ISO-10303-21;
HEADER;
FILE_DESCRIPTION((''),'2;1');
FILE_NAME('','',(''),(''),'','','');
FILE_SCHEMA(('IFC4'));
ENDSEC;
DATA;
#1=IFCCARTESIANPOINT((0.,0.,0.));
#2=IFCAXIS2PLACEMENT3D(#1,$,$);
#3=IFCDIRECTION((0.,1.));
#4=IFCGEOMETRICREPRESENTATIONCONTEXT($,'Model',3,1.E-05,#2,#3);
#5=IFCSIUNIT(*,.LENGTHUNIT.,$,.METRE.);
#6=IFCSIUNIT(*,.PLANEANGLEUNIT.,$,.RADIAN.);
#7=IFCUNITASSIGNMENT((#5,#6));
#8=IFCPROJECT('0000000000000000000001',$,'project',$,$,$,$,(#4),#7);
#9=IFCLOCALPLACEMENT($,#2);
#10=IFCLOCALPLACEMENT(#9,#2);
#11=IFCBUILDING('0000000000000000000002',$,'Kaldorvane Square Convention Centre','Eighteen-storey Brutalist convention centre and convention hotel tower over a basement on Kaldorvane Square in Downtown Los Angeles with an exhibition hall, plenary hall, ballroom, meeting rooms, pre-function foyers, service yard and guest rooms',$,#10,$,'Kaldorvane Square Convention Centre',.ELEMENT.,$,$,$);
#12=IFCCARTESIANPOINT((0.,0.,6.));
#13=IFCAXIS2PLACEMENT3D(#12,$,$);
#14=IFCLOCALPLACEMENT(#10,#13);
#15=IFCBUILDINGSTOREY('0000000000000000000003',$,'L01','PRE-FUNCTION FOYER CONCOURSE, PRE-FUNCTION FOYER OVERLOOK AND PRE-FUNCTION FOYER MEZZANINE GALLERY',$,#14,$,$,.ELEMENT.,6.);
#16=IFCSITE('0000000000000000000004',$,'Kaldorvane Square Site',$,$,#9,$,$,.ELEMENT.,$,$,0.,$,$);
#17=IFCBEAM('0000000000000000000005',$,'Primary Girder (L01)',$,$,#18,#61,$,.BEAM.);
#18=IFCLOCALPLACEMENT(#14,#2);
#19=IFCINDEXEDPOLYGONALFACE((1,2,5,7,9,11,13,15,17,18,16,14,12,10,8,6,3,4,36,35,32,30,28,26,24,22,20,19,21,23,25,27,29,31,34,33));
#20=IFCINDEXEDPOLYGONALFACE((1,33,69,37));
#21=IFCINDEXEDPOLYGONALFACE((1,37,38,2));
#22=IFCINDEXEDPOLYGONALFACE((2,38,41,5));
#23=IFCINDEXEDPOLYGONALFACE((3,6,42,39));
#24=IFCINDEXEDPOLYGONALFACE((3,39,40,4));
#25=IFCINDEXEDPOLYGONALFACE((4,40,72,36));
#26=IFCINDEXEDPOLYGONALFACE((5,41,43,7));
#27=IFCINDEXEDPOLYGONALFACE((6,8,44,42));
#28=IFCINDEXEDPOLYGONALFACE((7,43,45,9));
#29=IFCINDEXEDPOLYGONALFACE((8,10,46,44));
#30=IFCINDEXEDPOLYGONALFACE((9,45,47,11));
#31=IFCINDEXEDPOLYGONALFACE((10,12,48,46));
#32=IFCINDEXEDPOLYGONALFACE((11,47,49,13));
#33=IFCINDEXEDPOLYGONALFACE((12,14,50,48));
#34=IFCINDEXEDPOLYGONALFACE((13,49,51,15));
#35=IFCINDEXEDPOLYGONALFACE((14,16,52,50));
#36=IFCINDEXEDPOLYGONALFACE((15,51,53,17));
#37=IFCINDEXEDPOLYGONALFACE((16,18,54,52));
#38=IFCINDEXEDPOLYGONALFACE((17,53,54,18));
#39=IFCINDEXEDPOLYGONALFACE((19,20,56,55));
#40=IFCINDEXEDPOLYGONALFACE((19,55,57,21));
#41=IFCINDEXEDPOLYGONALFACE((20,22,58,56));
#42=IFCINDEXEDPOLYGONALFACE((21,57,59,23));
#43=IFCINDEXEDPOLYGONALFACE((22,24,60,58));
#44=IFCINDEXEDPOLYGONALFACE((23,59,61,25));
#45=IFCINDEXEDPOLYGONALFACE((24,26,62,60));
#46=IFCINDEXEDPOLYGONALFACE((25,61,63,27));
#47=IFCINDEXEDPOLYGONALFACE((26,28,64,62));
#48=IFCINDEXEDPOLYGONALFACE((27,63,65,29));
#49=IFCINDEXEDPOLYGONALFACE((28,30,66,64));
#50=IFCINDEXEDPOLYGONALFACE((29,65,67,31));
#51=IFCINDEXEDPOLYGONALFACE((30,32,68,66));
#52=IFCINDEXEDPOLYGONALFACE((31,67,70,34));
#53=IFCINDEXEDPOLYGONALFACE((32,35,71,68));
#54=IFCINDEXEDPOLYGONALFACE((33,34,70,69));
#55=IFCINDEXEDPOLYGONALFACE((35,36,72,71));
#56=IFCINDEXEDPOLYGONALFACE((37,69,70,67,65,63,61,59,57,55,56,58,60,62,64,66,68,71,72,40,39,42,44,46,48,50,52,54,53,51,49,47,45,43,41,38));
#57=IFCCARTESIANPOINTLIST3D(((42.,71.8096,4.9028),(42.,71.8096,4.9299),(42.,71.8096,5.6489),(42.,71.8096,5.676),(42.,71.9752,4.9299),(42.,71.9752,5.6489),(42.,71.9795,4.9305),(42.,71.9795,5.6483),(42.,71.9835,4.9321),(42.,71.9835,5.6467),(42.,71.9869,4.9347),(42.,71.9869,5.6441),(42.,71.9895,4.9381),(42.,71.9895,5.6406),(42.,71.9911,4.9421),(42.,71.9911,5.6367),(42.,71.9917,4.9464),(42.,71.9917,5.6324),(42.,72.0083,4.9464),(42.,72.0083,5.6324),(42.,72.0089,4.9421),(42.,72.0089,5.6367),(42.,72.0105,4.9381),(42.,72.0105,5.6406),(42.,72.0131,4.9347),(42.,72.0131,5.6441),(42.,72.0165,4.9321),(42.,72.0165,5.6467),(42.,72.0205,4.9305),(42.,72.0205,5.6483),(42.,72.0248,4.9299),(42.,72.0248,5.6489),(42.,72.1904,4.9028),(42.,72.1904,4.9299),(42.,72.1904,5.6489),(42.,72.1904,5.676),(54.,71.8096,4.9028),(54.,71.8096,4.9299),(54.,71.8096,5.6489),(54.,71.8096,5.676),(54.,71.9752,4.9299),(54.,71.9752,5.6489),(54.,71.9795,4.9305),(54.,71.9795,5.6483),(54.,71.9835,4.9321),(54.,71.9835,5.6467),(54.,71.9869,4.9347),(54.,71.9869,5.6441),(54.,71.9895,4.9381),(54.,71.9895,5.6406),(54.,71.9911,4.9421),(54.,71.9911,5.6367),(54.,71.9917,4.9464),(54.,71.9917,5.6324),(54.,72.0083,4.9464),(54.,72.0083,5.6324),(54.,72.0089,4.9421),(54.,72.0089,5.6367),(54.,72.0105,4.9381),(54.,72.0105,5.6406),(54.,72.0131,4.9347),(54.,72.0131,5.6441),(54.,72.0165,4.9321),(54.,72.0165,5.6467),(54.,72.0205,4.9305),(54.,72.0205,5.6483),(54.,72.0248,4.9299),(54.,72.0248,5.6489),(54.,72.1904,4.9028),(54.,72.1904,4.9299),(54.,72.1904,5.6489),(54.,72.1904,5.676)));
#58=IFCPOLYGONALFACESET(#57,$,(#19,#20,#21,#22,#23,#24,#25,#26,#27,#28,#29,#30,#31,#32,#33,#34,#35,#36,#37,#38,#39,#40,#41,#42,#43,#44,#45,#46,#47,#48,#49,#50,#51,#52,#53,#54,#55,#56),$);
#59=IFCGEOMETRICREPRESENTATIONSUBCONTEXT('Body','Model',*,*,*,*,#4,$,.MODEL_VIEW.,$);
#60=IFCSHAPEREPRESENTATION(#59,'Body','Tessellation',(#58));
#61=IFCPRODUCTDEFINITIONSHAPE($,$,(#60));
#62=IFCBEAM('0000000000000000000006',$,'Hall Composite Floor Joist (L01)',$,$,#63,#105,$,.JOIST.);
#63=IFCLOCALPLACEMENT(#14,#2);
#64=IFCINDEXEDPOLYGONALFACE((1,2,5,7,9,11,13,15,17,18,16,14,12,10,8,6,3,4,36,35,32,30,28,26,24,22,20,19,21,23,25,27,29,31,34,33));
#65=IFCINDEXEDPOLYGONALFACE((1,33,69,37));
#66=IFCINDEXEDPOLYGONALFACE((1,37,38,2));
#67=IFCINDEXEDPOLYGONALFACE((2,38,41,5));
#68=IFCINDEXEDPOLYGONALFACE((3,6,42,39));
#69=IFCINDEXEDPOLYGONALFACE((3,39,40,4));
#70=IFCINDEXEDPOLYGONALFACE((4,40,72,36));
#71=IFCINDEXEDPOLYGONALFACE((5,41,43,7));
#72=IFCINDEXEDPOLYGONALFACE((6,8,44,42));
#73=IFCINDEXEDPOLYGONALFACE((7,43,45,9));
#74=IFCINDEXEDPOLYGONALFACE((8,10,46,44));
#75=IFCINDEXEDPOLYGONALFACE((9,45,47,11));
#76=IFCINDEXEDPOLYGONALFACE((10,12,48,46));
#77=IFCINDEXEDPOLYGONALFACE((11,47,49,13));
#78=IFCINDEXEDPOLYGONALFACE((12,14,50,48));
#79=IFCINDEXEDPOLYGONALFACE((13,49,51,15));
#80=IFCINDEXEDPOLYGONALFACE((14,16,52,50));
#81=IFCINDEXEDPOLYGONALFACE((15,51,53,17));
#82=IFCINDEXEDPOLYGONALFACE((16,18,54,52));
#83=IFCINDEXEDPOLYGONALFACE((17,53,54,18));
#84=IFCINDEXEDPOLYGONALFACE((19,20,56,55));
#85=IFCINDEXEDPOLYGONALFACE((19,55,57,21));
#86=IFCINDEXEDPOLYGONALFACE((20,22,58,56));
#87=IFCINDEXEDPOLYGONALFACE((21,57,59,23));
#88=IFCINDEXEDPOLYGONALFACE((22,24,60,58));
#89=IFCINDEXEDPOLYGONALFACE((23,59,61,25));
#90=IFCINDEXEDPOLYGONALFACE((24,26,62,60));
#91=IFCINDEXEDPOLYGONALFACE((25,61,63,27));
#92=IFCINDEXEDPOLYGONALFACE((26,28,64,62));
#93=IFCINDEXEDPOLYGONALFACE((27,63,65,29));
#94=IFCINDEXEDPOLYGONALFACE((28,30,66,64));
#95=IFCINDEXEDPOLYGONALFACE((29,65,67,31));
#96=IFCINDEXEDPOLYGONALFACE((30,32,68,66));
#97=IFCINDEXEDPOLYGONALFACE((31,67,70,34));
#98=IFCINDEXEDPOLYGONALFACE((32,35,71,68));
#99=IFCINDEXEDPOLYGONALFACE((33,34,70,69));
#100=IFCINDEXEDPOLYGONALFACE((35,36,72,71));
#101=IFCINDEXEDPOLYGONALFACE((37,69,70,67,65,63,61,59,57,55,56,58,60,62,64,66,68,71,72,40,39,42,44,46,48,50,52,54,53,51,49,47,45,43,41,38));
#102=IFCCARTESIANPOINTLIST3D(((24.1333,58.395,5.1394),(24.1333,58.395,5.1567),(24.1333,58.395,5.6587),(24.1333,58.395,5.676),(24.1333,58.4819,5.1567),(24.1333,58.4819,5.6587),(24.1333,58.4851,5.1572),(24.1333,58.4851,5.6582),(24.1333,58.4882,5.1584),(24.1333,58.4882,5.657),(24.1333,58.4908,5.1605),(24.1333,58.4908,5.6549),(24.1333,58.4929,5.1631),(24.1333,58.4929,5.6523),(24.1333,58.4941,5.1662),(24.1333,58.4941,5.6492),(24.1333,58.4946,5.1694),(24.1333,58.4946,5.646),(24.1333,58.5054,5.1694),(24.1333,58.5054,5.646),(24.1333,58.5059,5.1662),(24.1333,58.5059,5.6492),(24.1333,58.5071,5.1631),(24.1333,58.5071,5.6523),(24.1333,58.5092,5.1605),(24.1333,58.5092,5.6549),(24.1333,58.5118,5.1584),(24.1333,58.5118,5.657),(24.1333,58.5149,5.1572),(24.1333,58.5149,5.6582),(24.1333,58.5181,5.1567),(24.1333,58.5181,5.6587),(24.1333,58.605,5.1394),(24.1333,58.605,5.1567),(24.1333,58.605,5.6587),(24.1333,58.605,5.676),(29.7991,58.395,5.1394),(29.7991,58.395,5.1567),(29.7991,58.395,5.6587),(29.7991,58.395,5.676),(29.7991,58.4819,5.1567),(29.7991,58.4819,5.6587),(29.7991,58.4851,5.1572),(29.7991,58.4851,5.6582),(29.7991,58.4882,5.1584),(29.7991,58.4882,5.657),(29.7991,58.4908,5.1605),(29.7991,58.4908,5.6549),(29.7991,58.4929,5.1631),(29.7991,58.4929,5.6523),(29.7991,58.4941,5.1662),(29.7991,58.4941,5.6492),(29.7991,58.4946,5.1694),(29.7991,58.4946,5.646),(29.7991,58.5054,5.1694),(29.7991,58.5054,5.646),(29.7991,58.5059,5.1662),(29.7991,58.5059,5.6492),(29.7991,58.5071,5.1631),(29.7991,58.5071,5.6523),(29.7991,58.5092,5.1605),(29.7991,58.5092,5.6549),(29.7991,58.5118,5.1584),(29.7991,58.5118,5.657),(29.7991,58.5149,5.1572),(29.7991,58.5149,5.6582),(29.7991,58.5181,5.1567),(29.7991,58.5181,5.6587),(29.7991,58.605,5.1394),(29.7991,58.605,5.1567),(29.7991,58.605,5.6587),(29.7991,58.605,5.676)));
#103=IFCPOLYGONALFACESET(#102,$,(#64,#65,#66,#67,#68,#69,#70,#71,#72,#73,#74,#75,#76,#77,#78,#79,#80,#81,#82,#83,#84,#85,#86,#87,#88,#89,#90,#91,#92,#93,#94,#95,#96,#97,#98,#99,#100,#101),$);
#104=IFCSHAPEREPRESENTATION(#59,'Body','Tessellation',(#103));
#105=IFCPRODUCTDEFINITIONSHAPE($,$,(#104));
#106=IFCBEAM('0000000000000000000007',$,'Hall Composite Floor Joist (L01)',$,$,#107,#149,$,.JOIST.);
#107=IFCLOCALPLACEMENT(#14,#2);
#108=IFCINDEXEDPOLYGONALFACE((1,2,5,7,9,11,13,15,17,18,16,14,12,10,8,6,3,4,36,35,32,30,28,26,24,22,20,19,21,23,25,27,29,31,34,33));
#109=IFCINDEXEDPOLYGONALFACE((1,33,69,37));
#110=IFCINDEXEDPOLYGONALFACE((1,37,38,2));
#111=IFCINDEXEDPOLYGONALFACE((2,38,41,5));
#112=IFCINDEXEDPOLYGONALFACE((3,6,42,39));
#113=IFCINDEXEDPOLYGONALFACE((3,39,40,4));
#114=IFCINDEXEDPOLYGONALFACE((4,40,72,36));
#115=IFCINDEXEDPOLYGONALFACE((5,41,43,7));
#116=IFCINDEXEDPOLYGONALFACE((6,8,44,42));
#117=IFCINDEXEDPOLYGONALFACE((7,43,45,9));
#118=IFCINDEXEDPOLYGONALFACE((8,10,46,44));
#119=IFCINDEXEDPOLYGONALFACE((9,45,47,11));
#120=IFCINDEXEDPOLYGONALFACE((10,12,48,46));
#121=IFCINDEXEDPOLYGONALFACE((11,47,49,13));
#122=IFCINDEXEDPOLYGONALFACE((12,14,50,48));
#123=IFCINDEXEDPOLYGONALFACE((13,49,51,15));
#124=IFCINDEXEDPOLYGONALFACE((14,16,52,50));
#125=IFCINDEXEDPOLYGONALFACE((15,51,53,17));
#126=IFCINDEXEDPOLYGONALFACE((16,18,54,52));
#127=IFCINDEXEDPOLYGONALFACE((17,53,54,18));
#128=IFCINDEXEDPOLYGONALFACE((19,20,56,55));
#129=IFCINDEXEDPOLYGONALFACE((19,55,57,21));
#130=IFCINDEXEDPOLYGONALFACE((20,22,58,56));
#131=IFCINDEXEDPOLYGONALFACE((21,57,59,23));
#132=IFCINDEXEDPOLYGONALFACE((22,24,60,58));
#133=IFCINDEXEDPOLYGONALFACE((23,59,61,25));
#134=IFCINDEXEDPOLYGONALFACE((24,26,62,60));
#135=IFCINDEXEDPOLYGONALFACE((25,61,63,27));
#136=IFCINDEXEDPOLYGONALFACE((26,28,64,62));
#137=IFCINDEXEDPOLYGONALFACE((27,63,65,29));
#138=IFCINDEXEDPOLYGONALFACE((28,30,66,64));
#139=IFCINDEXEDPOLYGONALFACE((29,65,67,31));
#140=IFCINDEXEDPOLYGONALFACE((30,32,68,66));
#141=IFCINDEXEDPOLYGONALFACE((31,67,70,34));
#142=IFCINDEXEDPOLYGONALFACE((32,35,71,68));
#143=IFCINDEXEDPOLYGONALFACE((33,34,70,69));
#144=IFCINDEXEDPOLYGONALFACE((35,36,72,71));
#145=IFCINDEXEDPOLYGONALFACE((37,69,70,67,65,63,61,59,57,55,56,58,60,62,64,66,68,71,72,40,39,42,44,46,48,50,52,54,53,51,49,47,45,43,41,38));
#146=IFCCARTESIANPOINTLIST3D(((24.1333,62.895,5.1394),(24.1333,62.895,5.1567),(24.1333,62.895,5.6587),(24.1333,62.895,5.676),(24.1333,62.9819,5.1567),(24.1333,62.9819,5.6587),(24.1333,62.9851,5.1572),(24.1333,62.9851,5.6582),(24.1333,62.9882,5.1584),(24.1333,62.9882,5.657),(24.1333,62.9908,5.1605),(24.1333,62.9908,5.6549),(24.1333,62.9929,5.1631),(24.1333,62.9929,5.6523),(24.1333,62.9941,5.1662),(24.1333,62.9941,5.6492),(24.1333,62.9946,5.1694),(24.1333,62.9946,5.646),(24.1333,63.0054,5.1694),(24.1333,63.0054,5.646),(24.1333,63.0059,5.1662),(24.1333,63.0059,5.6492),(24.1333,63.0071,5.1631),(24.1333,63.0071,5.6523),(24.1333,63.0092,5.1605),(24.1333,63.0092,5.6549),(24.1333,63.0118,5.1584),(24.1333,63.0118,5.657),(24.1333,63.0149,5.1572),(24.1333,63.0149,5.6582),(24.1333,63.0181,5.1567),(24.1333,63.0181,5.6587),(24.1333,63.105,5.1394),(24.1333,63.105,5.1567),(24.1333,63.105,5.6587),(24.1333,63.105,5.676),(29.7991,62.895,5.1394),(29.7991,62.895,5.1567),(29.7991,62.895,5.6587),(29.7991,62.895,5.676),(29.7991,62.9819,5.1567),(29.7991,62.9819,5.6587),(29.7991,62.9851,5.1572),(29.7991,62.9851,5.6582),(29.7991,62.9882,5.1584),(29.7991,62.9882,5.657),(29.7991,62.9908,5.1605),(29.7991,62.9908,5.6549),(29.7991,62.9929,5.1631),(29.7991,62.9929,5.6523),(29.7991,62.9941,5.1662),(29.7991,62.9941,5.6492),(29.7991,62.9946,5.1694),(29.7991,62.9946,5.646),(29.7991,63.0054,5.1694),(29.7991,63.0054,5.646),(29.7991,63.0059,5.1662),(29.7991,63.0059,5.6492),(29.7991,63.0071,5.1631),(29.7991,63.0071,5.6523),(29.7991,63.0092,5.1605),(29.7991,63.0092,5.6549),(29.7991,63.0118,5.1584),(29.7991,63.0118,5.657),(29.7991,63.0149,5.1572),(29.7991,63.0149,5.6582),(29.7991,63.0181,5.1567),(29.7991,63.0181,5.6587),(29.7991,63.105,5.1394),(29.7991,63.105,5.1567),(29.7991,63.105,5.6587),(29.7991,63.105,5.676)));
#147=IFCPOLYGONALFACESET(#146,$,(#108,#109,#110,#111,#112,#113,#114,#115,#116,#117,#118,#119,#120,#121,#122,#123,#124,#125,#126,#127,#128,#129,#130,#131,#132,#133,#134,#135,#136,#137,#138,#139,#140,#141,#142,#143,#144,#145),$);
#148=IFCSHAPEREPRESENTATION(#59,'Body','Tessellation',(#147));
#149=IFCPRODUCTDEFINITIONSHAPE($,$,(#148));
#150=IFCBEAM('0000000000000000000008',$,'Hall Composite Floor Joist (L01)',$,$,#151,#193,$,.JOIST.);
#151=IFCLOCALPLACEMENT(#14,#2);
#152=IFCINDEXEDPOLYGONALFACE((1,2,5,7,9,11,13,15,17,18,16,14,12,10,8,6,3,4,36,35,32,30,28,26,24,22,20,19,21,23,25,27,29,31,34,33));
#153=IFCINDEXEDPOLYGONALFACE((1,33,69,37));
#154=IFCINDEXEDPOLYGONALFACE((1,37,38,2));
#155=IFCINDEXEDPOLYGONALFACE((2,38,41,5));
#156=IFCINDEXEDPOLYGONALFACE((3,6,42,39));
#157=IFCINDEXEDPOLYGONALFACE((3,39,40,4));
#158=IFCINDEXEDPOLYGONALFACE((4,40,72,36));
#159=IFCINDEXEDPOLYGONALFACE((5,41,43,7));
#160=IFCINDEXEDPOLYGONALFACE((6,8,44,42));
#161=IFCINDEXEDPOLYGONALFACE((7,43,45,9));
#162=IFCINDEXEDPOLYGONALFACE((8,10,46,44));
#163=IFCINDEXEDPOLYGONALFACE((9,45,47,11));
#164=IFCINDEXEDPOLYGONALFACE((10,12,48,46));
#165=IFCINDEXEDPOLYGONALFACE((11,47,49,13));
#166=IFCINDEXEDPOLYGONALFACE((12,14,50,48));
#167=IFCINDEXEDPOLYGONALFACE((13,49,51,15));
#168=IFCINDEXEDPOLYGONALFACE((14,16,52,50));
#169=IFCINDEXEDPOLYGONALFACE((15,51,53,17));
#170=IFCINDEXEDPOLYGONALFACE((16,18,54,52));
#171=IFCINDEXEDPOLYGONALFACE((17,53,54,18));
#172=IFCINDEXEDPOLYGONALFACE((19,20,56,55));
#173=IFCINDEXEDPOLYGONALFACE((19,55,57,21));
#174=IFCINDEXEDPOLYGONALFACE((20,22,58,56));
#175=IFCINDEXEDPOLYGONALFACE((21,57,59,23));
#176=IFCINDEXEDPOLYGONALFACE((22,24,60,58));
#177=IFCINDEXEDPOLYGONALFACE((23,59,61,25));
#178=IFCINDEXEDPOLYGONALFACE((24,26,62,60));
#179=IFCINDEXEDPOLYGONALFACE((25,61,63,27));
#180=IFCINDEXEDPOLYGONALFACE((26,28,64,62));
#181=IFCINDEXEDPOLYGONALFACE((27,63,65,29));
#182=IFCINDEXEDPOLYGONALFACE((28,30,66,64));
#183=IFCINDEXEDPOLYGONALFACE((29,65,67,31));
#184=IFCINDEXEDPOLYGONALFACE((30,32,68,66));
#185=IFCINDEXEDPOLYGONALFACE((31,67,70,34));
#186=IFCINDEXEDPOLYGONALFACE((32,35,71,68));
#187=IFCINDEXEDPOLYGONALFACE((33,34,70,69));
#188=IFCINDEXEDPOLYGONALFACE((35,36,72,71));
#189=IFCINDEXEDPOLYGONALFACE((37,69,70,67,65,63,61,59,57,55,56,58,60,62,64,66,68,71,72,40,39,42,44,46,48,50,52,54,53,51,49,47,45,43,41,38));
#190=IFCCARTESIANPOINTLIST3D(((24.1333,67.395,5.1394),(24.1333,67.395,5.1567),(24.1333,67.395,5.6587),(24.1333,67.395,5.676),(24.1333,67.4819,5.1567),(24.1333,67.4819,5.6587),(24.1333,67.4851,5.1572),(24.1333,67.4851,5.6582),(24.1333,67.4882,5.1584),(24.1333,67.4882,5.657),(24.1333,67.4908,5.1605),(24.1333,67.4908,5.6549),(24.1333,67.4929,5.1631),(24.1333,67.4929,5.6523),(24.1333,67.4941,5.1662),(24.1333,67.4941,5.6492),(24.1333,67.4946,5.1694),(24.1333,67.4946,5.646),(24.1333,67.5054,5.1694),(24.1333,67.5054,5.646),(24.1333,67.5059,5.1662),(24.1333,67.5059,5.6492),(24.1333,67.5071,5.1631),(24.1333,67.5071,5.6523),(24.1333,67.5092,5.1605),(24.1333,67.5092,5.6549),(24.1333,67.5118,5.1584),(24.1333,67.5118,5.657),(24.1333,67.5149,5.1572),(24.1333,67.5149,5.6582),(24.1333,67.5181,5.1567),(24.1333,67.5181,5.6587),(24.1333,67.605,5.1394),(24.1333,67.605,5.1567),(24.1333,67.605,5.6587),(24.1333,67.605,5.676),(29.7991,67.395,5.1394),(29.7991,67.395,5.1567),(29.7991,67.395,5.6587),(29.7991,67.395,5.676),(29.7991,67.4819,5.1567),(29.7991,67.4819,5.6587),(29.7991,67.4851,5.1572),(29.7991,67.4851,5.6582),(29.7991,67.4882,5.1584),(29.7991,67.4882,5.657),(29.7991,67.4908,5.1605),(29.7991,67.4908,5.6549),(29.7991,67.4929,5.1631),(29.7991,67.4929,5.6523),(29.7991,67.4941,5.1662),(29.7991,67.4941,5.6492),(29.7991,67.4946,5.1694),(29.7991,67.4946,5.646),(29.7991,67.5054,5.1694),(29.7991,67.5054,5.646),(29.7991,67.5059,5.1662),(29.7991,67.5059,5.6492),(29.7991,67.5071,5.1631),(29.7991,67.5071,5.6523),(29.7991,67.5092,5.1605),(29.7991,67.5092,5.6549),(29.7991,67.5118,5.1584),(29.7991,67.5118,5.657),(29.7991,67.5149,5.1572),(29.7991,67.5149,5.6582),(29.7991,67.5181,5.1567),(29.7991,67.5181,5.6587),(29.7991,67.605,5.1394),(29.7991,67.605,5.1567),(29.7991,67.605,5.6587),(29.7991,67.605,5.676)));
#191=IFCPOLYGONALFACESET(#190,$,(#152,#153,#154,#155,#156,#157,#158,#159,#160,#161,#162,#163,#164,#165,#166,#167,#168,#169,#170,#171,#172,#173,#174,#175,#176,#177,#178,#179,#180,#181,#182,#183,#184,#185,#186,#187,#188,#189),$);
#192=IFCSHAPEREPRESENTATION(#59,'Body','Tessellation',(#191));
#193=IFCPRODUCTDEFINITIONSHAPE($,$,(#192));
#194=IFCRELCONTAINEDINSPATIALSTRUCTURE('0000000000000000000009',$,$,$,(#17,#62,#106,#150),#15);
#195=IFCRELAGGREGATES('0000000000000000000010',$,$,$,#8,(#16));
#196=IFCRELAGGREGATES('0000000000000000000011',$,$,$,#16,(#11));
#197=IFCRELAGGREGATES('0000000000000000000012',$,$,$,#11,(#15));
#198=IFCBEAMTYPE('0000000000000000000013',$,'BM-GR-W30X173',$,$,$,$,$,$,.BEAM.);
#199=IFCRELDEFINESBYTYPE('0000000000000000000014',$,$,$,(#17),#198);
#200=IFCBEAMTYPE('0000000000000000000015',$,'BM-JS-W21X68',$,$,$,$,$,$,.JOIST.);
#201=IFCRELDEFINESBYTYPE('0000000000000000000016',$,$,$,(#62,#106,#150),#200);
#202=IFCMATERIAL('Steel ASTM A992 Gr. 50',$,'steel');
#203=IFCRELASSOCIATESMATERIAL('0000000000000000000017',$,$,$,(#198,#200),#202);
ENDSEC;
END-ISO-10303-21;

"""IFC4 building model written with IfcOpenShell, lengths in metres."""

from ifc_helpers import new_model, si_unit, direction, frame, origin, origin_2d, place, context, subcontext, project, spatial, i_section, extrude, material, material_profile, profile_set, type_object, element, save


model = new_model("IFC4")

# Units and contexts
model_context = context("Model", 3, precision=1e-05, world=origin(), true_north=direction((0.0, 1.0)))
body_context = subcontext(model_context, "Body", "Model", "MODEL_VIEW")
ifc_project = project(units=[si_unit("LENGTHUNIT", "METRE"), si_unit("PLANEANGLEUNIT", "RADIAN")], contexts=[model_context])

# Site, building, storey
site_placement = place(None, origin())
site = spatial("IfcSite", under=ifc_project, at=site_placement, Name="Kaldorvane Square Site", CompositionType="ELEMENT", RefElevation=0.0)
building_placement = place(site_placement, origin())
building = spatial("IfcBuilding", under=site, at=building_placement, Name="Kaldorvane Square Convention Centre", Description="Eighteen-storey Brutalist convention centre and convention hotel tower over a basement on Kaldorvane Square in Downtown Los Angeles with an exhibition hall, plenary hall, ballroom, meeting rooms, pre-function foyers, service yard and guest rooms", LongName="Kaldorvane Square Convention Centre", CompositionType="ELEMENT")
storey_placement = place(building_placement, frame((0.0, 0.0, 6.0)))
storey = spatial("IfcBuildingStorey", under=building, at=storey_placement, Name="L01", Description="PRE-FUNCTION FOYER CONCOURSE, PRE-FUNCTION FOYER OVERLOOK AND PRE-FUNCTION FOYER MEZZANINE GALLERY", CompositionType="ELEMENT", Elevation=6.0)

# Beams
ifc_material_1 = material(Name="Steel ASTM A992 Gr. 50", Category="steel")
ifc_material_profile_1 = material_profile(ifc_material_1, i_section(OverallWidth=0.3807, OverallDepth=0.7732, WebThickness=0.0166, FlangeThickness=0.0271, FilletRadius=0.0165, at=origin_2d()), Name="W30X173")
ifc_profile_set_1 = profile_set([ifc_material_profile_1], Name="Steel ASTM A992 Gr. 50")
beam_type_1 = type_object("IfcBeamType", Name="BM-GR-W30X173", PredefinedType="BEAM", material=ifc_profile_set_1)
for number, where, z_axis, x_axis, name in (
    (1, (42.0, 72.0, 5.2894), (1.0, 0.0, 0.0), (0.0, 1.0, 0.0), "Primary Girder (L01)"),
):
    element("IfcBeam", number, at=place(storey_placement, frame(where, z_axis=z_axis, x_axis=x_axis)), inside=storey, type_object=beam_type_1, Name=name, PredefinedType="BEAM", context=body_context, shape_type="SweptSolid", body=[
        extrude(i_section(OverallWidth=0.3807, OverallDepth=0.7732, WebThickness=0.0166, FlangeThickness=0.0271, FilletRadius=0.0165, at=origin_2d()), origin(), (0.0, 0.0, 1.0), 12.0),
    ])
ifc_material_profile_2 = material_profile(ifc_material_1, i_section(OverallWidth=0.2101, OverallDepth=0.5367, WebThickness=0.0109, FlangeThickness=0.0174, FilletRadius=0.0127, at=origin_2d()), Name="W21X68")
ifc_profile_set_2 = profile_set([ifc_material_profile_2], Name="Steel ASTM A992 Gr. 50")
beam_type_2 = type_object("IfcBeamType", Name="BM-JS-W21X68", PredefinedType="JOIST", material=ifc_profile_set_2)
for number, where, z_axis, x_axis, name in (
    (2, (24.1333, 58.5, 5.4077), (1.0, 0.0, 0.0), (0.0, 1.0, 0.0), "Hall Composite Floor Joist (L01)"),
    (3, (24.1333, 63.0, 5.4077), (1.0, 0.0, 0.0), (0.0, 1.0, 0.0), "Hall Composite Floor Joist (L01)"),
    (4, (24.1333, 67.5, 5.4077), (1.0, 0.0, 0.0), (0.0, 1.0, 0.0), "Hall Composite Floor Joist (L01)"),
):
    element("IfcBeam", number, at=place(storey_placement, frame(where, z_axis=z_axis, x_axis=x_axis)), inside=storey, type_object=beam_type_2, Name=name, PredefinedType="JOIST", context=body_context, shape_type="SweptSolid", body=[
        extrude(i_section(OverallWidth=0.2101, OverallDepth=0.5367, WebThickness=0.0109, FlangeThickness=0.0174, FilletRadius=0.0127, at=origin_2d()), origin(), (0.0, 0.0, 1.0), 5.6658),
    ])

save(model, "model.ifc")
